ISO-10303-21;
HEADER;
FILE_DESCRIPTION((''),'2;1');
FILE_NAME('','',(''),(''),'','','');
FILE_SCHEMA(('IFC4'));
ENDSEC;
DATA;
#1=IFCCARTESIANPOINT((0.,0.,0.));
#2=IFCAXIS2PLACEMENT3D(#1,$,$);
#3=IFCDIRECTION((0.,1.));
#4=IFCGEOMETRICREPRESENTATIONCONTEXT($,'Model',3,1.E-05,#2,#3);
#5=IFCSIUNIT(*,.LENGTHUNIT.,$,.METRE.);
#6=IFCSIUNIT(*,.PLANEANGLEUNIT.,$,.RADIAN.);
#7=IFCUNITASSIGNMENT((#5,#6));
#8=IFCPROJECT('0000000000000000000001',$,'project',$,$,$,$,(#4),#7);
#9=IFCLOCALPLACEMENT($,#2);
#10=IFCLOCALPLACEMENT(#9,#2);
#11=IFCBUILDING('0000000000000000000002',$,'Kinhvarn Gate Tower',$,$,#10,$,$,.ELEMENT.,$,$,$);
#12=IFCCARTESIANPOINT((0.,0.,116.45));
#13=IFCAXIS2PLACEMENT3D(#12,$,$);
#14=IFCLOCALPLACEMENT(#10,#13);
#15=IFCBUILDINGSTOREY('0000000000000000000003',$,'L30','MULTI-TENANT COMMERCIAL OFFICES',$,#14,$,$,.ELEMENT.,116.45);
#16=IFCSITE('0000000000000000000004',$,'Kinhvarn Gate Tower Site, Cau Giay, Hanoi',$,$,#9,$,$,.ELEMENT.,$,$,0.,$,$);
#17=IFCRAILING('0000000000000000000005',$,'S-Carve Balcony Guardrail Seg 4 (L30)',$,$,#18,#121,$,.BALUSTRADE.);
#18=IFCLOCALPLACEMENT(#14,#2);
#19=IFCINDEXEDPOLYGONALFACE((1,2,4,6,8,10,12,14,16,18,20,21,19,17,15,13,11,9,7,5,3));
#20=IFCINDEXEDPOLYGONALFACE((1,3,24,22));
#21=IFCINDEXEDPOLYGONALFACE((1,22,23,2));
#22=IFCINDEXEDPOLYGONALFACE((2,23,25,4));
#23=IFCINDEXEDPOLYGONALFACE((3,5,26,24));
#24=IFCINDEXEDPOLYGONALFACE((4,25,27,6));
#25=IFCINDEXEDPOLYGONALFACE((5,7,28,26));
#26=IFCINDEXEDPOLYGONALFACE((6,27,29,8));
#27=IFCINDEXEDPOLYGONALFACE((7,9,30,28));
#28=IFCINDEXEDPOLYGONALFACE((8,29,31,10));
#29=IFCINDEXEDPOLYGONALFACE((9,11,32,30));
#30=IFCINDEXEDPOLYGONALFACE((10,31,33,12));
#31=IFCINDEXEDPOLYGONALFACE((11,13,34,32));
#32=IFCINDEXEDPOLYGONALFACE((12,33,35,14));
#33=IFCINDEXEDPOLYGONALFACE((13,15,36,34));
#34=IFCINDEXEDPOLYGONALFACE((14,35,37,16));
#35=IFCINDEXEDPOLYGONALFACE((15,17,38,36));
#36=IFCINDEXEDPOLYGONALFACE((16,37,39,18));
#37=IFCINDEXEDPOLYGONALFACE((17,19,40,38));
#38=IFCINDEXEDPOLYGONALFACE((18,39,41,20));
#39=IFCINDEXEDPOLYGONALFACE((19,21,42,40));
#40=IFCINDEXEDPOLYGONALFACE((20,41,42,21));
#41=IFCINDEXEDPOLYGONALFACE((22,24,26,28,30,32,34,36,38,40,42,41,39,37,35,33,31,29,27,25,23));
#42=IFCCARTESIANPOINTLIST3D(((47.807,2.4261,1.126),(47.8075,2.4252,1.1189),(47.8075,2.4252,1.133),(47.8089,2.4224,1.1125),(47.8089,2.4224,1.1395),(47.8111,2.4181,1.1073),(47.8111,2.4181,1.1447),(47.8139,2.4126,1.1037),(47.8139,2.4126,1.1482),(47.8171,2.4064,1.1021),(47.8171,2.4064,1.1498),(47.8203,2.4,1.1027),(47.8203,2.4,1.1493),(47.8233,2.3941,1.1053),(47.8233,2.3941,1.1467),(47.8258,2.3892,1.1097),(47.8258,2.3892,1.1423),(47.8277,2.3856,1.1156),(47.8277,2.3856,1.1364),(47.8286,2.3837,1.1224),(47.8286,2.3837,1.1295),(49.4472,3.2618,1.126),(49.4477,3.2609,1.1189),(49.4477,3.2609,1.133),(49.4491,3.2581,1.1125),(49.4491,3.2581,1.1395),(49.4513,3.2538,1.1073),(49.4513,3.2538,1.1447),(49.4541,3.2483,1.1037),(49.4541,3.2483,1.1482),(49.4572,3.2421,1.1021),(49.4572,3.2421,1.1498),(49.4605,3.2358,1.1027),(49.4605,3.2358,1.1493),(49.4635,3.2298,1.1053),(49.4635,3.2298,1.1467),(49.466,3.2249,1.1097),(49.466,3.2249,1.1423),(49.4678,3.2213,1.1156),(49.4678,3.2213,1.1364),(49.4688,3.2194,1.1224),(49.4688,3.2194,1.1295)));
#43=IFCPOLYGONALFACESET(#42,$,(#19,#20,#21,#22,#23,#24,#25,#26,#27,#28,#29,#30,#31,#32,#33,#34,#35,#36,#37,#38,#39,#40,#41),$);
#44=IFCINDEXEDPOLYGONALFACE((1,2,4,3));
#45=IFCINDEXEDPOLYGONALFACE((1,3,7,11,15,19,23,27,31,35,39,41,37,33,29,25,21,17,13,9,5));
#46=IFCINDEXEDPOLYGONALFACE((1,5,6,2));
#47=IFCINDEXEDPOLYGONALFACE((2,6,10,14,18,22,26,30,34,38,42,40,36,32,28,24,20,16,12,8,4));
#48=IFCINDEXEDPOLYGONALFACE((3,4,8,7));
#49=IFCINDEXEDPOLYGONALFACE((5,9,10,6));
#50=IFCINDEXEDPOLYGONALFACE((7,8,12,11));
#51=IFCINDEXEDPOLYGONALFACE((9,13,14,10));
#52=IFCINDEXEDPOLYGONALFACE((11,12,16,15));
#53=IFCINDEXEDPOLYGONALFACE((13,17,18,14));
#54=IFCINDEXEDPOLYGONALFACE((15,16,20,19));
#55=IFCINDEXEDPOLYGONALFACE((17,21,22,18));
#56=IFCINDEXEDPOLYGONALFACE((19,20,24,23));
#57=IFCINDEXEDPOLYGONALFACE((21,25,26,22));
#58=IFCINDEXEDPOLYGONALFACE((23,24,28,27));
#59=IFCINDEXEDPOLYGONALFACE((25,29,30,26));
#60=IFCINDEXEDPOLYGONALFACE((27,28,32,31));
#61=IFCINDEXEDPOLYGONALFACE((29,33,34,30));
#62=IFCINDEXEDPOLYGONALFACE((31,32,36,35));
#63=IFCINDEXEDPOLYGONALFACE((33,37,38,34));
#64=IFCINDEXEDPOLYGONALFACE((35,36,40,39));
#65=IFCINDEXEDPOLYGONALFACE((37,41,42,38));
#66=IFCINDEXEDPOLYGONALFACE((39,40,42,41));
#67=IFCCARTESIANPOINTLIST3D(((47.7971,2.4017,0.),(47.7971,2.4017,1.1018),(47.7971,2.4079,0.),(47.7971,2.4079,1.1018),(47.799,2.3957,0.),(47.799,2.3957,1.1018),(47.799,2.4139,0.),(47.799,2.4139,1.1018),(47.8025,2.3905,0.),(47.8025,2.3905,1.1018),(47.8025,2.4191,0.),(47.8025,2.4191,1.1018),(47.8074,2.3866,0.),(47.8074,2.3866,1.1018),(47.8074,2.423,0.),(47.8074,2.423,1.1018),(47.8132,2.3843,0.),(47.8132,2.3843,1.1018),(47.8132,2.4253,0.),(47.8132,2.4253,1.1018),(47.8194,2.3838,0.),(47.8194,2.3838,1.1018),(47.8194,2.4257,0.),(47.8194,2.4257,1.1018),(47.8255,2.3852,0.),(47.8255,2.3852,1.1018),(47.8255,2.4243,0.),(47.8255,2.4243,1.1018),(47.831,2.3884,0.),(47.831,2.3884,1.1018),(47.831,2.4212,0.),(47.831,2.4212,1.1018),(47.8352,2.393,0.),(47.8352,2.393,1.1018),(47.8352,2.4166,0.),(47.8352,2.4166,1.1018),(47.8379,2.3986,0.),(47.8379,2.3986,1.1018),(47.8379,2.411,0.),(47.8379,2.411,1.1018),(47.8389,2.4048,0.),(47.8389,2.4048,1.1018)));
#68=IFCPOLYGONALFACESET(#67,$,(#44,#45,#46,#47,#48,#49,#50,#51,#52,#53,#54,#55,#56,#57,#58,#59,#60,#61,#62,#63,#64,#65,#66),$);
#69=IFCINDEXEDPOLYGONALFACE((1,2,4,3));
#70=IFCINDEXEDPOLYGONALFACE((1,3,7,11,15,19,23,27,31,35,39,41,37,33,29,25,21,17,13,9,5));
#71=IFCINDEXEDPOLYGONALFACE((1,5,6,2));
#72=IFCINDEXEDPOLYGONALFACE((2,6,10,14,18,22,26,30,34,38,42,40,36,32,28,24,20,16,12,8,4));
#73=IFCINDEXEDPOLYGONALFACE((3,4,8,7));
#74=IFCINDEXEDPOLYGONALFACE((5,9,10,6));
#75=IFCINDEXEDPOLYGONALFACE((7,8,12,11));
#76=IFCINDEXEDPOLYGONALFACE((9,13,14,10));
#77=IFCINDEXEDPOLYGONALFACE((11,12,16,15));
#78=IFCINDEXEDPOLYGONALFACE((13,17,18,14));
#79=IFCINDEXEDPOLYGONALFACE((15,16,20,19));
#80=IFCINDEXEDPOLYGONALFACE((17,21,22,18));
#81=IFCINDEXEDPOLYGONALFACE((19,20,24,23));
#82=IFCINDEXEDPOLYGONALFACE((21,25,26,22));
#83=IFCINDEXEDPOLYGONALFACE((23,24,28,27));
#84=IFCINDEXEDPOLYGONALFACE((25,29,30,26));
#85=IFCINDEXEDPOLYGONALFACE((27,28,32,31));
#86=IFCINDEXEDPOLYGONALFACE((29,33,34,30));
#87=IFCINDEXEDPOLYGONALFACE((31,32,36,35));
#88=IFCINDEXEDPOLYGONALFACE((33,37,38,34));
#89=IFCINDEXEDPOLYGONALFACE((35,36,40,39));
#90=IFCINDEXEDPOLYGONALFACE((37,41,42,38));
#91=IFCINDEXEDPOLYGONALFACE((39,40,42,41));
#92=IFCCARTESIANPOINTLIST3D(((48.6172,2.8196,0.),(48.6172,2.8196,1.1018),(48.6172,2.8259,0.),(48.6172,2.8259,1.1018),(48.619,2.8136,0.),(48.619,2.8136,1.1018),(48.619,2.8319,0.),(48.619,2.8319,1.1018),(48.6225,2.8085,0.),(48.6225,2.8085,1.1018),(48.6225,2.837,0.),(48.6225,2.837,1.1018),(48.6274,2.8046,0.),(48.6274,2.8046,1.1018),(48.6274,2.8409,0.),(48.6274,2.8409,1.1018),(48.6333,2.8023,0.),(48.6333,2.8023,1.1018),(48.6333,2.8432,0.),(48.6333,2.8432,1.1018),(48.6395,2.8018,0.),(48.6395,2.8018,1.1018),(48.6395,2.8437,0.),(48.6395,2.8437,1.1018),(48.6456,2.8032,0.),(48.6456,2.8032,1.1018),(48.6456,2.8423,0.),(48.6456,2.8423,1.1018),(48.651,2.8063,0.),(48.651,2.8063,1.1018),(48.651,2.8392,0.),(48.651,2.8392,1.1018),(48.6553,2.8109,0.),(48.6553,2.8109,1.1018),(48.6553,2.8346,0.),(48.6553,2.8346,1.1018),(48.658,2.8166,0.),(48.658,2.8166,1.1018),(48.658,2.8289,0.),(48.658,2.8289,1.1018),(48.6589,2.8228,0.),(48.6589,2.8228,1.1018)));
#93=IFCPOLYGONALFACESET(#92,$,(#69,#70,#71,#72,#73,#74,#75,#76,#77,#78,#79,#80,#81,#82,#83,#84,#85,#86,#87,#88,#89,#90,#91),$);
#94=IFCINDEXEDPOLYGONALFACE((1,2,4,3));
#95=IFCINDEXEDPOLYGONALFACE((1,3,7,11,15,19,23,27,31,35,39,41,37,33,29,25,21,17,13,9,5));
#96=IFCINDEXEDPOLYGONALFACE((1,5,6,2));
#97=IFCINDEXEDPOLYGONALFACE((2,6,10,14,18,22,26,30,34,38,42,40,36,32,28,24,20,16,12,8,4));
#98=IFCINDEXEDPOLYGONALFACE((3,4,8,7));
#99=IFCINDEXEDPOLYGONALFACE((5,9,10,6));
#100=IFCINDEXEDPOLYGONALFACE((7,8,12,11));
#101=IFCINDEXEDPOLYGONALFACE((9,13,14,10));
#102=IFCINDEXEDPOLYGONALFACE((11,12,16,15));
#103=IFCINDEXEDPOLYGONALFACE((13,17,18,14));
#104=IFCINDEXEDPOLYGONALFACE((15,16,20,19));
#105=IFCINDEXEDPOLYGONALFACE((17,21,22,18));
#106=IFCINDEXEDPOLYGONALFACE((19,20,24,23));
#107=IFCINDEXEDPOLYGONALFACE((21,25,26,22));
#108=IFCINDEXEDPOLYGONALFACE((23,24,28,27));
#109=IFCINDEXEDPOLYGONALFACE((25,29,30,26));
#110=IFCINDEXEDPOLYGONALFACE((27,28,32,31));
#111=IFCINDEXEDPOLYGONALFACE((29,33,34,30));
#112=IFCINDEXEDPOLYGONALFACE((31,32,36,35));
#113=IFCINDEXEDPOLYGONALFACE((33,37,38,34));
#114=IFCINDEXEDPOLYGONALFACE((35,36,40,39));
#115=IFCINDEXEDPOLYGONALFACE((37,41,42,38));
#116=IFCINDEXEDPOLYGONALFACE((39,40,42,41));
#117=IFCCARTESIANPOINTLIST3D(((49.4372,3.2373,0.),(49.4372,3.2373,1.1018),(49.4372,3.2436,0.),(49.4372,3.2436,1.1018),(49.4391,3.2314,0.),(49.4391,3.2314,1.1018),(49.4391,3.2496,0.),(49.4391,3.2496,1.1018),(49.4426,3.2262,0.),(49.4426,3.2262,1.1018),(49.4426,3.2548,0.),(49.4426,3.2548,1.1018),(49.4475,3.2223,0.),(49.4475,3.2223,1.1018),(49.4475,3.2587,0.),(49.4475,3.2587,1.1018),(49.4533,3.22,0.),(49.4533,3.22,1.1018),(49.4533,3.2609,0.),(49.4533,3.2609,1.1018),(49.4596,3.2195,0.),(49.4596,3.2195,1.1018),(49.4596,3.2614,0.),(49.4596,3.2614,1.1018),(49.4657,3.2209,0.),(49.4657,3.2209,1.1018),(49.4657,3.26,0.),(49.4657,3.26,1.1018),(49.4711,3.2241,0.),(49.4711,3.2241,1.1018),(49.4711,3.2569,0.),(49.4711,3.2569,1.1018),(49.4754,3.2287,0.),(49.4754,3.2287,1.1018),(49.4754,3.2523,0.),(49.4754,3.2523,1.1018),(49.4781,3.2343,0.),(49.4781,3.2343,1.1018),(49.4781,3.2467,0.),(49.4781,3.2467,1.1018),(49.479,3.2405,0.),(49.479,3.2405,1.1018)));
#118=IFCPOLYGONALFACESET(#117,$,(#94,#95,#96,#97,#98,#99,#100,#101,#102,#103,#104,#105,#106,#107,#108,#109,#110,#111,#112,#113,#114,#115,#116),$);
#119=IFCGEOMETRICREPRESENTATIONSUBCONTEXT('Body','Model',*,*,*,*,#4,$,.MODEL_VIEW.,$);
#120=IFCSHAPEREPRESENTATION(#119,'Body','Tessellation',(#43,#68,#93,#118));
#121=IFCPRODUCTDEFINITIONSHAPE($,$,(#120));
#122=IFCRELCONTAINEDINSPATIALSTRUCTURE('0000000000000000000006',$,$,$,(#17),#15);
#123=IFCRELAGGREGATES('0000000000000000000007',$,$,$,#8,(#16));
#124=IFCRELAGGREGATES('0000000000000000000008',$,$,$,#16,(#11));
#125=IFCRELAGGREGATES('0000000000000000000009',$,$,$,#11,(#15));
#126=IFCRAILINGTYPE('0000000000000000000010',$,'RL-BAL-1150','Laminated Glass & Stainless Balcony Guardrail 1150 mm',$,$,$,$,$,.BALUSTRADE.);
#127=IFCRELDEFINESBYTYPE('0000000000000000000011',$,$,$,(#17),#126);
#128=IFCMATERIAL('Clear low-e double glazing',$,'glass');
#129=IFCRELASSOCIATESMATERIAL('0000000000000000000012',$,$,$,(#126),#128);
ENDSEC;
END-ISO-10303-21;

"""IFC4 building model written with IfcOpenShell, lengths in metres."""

from ifc_helpers import new_model, si_unit, direction, frame, origin, origin_2d, place, context, subcontext, project, spatial, circle, extrude, material, type_object, element, save


model = new_model("IFC4")

# Units and contexts
model_context = context("Model", 3, precision=1e-05, world=origin(), true_north=direction((0.0, 1.0)))
body_context = subcontext(model_context, "Body", "Model", "MODEL_VIEW")
ifc_project = project(units=[si_unit("LENGTHUNIT", "METRE"), si_unit("PLANEANGLEUNIT", "RADIAN")], contexts=[model_context])

# Site, building, storey
site_placement = place(None, origin())
site = spatial("IfcSite", under=ifc_project, at=site_placement, Name="Kinhvarn Gate Tower Site, Cau Giay, Hanoi", CompositionType="ELEMENT", RefElevation=0.0)
building_placement = place(site_placement, origin())
building = spatial("IfcBuilding", under=site, at=building_placement, Name="Kinhvarn Gate Tower", CompositionType="ELEMENT")
storey_placement = place(building_placement, frame((0.0, 0.0, 116.45)))
storey = spatial("IfcBuildingStorey", under=building, at=storey_placement, Name="L30", Description="MULTI-TENANT COMMERCIAL OFFICES", CompositionType="ELEMENT", Elevation=116.45)

# Shared definitions
ifc_material_1 = material(Name="Clear low-e double glazing", Category="glass")

# Railing
railing_type = type_object("IfcRailingType", Name="RL-BAL-1150", Description="Laminated Glass & Stainless Balcony Guardrail 1150 mm", PredefinedType="BALUSTRADE", material=ifc_material_1)
railing_1_placement = place(storey_placement, frame((47.8179, 2.4048, 0.0)))
element("IfcRailing", 1, at=railing_1_placement, inside=storey, type_object=railing_type, Name="S-Carve Balcony Guardrail Seg 4 (L30)", PredefinedType="BALUSTRADE", context=body_context, shape_type="SweptSolid", body=[
    extrude(circle(Radius=0.0239, at=origin_2d()), frame((0.0, 0.0, 1.126), z_axis=(0.891006, 0.453991, 0.0), x_axis=(-0.453991, 0.891006, 0.0)), (0.0, 0.0, 1.0), 1.8408),
    extrude(circle(Radius=0.021, at=origin_2d()), origin(), (0.0, 0.0, 1.0), 1.1018),
    extrude(circle(Radius=0.021, at=origin_2d()), frame((0.8201, 0.418, 0.0)), (0.0, 0.0, 1.0), 1.1018),
    extrude(circle(Radius=0.021, at=origin_2d()), frame((1.6401, 0.8357, 0.0)), (0.0, 0.0, 1.0), 1.1018),
])

save(model, "model.ifc")
